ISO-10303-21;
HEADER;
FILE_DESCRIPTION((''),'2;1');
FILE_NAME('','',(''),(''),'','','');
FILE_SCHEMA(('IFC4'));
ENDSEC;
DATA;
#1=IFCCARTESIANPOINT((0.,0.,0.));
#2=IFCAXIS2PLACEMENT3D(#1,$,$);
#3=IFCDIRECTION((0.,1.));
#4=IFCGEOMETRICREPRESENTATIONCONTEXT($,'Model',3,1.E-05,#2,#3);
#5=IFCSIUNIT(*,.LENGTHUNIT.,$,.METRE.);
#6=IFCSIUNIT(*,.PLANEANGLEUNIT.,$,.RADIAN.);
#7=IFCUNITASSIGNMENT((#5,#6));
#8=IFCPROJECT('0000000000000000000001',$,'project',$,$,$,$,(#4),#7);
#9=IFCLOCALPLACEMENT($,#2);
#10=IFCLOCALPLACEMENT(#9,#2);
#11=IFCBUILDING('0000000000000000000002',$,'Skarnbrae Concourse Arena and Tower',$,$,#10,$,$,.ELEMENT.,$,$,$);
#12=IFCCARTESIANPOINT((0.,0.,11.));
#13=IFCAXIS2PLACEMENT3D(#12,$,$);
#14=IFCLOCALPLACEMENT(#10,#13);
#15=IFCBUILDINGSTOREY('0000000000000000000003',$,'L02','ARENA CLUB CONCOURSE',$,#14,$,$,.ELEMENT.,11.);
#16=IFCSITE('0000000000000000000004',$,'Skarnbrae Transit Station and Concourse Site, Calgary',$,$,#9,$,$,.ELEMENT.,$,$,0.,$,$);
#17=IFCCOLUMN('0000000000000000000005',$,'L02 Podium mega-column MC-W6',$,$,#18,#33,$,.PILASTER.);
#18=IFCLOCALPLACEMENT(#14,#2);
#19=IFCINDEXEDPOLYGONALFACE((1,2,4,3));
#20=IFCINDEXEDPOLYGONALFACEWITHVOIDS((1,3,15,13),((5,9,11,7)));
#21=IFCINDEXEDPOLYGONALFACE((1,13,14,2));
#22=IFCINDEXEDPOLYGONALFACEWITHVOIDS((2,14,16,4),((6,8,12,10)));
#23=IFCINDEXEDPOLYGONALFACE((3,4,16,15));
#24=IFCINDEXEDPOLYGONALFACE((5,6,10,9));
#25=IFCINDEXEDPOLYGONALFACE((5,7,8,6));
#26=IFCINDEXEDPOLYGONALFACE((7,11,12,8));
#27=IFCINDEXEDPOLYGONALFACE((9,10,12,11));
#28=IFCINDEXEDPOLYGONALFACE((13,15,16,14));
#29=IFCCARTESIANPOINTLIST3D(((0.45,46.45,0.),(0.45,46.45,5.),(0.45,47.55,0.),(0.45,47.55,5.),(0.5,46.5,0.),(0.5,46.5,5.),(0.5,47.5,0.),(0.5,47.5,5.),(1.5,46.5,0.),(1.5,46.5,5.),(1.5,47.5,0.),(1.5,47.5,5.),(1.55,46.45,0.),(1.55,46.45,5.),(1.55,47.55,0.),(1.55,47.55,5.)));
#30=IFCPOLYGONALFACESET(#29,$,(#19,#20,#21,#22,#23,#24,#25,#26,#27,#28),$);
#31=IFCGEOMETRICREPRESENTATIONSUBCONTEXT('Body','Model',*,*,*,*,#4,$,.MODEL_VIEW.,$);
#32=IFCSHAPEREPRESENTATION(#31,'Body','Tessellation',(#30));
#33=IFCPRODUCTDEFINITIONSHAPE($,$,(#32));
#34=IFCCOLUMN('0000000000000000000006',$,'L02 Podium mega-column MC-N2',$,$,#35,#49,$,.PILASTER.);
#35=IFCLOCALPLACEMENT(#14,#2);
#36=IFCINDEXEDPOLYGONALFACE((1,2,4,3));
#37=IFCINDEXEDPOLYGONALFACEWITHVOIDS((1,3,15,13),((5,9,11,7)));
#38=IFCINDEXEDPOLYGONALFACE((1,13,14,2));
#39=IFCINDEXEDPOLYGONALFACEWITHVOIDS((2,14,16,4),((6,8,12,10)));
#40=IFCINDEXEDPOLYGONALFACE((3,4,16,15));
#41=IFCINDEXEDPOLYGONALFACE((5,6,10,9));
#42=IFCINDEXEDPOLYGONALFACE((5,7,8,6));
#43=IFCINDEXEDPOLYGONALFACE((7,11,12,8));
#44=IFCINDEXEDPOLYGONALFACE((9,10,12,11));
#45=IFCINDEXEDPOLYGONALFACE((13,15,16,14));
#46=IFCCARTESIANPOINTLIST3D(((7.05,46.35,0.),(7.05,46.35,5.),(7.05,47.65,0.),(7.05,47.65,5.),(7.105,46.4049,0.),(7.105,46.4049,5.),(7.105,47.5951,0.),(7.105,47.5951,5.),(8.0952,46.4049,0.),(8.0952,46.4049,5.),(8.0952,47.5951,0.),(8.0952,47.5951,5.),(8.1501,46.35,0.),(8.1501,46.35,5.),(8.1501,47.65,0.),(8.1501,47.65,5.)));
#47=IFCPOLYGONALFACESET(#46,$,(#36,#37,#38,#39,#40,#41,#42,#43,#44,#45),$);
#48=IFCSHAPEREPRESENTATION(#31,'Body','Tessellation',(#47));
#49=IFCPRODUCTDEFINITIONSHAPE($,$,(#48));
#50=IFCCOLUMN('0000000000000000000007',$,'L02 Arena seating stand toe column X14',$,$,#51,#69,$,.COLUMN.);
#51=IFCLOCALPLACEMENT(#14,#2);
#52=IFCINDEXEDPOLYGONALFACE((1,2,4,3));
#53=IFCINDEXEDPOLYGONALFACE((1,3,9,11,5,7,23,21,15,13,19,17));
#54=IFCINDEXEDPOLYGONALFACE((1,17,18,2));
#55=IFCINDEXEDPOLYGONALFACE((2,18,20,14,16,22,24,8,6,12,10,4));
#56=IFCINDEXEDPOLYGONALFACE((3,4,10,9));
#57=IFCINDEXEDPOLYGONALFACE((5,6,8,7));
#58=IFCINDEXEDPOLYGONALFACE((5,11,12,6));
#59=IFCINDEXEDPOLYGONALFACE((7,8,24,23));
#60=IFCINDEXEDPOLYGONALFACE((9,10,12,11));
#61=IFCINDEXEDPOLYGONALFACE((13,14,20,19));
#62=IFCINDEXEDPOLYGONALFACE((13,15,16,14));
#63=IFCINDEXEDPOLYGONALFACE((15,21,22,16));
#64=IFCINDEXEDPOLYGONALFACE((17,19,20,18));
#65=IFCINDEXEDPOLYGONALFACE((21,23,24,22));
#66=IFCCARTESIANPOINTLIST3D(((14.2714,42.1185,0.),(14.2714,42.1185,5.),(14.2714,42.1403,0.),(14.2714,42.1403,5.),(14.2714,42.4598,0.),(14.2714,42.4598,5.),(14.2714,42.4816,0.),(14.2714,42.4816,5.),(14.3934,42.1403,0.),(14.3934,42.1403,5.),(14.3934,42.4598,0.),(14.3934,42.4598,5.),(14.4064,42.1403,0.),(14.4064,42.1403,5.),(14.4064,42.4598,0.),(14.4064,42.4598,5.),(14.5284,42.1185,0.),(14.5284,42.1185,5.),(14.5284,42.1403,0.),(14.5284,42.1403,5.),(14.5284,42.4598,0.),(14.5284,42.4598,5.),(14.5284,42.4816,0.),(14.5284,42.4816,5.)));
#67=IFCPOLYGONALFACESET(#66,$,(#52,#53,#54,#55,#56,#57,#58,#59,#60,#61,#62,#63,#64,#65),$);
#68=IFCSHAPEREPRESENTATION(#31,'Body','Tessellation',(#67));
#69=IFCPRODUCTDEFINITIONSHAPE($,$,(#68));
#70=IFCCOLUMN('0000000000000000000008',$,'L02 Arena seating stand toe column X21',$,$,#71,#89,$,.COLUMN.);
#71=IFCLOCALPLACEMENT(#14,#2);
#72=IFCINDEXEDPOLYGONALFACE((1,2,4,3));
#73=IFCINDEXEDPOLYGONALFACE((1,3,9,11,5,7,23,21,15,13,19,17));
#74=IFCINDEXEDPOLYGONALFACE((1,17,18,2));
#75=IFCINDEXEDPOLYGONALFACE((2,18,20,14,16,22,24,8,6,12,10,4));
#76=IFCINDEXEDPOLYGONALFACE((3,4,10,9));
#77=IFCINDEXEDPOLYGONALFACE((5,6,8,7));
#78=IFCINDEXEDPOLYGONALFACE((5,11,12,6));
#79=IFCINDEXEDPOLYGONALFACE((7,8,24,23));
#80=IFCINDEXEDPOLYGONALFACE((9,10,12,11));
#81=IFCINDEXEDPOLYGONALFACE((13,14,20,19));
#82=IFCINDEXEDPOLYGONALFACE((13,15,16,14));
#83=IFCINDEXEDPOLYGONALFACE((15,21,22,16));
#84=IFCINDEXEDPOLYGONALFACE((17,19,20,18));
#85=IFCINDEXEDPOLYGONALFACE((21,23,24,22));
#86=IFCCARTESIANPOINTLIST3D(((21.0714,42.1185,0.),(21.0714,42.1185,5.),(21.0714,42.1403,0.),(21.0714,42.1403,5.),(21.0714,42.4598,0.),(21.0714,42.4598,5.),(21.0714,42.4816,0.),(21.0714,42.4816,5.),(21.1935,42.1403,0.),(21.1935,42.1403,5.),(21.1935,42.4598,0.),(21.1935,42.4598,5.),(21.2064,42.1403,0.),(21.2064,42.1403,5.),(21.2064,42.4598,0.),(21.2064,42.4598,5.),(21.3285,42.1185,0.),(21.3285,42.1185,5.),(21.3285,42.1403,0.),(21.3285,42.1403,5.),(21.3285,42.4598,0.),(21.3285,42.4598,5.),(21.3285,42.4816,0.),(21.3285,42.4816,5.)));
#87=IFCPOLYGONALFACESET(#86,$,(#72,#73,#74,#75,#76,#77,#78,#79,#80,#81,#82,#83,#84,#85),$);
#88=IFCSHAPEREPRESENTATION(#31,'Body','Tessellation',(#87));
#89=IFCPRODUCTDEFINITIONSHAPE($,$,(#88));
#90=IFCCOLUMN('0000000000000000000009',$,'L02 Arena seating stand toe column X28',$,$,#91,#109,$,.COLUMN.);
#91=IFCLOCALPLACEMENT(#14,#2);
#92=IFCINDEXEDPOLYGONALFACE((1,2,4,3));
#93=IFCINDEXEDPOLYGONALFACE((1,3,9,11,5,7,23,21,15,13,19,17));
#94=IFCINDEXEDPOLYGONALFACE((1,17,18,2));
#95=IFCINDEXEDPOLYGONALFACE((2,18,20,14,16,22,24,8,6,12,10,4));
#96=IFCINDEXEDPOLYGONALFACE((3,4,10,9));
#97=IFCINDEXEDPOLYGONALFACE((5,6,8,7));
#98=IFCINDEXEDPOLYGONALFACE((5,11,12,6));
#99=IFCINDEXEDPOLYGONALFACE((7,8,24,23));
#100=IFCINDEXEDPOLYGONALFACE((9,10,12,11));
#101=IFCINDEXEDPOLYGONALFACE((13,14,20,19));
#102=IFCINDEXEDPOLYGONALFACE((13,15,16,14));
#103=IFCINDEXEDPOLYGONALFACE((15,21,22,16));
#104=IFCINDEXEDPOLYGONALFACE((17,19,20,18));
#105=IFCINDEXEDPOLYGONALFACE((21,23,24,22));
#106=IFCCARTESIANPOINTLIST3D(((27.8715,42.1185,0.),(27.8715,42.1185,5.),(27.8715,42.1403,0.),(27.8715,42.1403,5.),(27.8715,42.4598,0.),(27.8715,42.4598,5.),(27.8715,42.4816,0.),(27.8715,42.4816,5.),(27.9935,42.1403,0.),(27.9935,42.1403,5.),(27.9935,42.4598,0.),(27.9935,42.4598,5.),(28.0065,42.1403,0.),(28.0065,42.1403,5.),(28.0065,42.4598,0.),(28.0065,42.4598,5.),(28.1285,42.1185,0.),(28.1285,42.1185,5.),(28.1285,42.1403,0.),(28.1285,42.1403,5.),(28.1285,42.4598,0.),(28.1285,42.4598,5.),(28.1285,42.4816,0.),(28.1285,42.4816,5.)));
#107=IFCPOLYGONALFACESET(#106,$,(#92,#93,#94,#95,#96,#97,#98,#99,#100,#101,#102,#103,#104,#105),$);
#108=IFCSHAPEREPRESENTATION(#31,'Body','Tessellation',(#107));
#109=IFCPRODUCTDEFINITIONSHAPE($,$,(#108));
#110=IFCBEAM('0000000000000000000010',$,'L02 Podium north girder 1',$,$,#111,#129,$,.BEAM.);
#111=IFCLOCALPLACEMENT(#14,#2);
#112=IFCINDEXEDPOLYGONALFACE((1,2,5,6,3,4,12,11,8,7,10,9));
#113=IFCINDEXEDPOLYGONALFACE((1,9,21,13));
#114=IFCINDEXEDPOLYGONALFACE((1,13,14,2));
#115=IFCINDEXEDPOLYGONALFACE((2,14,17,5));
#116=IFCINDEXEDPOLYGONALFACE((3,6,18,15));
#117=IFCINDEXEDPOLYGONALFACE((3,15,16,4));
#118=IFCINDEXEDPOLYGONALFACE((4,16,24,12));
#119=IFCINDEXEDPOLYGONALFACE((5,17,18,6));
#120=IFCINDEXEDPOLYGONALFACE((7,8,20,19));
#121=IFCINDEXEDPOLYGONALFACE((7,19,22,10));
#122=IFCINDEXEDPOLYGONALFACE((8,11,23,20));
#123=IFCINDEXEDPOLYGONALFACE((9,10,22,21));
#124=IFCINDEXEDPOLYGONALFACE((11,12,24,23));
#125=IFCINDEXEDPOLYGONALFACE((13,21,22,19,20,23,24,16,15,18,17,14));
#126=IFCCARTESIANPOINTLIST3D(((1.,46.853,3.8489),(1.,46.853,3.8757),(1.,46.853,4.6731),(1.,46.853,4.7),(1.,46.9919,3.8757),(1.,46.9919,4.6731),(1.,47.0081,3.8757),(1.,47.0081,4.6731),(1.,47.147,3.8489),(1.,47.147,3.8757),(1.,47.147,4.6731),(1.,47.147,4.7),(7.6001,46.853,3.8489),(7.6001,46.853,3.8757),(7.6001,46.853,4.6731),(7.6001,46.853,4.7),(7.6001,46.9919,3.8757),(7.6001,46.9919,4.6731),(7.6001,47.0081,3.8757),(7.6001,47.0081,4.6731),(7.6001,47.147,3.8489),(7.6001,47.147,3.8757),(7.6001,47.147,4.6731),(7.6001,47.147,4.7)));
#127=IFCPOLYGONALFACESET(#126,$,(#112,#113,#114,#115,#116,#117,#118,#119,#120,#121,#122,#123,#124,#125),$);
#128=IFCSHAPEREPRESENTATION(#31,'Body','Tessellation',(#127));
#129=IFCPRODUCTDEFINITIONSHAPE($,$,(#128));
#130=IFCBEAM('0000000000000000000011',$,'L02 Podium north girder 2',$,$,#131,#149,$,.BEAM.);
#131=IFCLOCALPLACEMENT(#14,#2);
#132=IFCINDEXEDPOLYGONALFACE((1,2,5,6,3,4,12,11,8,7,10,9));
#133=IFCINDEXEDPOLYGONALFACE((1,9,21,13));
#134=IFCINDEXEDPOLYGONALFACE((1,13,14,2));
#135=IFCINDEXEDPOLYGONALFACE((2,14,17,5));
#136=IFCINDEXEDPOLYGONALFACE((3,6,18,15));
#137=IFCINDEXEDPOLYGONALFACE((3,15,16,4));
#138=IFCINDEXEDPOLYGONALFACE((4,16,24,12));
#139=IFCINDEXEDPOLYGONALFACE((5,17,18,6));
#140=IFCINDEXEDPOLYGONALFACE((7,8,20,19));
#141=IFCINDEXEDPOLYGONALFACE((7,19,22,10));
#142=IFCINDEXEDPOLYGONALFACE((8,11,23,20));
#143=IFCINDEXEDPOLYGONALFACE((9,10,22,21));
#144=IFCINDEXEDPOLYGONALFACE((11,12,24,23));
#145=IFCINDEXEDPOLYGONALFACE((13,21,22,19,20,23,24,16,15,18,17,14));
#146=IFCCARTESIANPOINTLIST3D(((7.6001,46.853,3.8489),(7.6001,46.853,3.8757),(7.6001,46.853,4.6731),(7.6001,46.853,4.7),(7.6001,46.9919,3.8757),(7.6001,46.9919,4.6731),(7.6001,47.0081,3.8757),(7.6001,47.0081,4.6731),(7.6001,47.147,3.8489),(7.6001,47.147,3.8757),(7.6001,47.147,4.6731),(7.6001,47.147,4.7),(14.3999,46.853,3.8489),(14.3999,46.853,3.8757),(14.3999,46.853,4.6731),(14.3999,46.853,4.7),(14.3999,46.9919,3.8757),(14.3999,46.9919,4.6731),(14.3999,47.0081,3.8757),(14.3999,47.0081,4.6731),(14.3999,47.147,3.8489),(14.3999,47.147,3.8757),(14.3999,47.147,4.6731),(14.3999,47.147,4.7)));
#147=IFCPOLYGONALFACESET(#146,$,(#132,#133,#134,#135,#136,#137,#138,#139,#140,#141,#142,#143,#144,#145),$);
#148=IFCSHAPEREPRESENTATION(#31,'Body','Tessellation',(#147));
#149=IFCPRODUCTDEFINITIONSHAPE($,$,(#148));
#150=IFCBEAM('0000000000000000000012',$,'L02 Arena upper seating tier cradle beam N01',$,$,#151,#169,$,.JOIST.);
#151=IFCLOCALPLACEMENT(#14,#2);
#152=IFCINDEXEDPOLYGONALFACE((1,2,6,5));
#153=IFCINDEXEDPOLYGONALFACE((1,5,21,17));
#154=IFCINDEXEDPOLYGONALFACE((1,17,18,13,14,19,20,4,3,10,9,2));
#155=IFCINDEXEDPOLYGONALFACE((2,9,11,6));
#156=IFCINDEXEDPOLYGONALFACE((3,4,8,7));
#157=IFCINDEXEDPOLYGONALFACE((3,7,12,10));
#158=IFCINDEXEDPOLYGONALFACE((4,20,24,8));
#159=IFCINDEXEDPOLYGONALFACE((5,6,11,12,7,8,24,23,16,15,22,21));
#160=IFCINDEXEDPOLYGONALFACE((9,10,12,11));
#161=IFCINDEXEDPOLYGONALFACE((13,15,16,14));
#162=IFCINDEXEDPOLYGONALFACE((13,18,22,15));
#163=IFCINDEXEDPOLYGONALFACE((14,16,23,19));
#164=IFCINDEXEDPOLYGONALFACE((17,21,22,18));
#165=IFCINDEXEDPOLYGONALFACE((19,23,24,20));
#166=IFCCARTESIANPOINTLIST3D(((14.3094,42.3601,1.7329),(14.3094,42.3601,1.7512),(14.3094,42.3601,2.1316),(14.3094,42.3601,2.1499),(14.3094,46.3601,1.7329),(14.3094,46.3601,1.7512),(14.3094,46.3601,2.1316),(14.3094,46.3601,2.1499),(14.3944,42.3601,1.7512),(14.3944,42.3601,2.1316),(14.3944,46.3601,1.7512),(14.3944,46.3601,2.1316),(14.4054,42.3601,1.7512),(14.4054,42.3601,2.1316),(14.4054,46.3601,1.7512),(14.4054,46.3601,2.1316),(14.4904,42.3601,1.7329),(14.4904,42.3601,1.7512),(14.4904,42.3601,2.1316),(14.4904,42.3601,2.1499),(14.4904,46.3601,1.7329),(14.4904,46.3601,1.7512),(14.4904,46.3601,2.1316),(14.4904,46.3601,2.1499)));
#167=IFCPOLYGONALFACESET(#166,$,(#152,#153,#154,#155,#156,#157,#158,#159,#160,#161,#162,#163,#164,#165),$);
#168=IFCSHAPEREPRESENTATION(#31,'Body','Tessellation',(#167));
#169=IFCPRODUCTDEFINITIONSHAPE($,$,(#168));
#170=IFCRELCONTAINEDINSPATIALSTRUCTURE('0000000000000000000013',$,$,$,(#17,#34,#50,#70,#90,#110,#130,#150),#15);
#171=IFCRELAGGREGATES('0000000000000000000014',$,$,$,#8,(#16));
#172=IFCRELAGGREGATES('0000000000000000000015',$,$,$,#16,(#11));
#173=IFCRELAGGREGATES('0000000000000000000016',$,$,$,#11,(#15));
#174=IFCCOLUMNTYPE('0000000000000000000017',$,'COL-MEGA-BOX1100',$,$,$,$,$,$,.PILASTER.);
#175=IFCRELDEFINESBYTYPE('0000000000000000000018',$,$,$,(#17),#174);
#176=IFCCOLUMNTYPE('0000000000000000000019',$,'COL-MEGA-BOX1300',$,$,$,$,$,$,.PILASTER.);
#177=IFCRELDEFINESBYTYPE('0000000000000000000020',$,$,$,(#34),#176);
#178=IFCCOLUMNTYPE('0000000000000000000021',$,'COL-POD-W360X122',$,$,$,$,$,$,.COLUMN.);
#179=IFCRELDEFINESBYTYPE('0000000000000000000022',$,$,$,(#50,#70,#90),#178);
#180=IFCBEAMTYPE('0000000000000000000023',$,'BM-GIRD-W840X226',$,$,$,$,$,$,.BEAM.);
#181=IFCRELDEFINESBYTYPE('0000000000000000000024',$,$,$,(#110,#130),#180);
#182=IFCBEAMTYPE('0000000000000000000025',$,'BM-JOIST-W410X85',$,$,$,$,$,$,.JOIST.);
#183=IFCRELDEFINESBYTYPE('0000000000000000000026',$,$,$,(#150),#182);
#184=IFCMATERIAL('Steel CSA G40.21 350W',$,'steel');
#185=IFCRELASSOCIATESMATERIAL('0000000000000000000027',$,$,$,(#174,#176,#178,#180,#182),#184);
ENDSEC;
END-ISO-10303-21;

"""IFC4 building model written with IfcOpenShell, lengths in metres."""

from ifc_helpers import new_model, si_unit, direction, frame, origin, origin_2d, place, context, subcontext, project, spatial, hollow_rectangle, i_section, extrude, source, transform, mapped, material, material_profile, profile_set, type_object, element, save


model = new_model("IFC4")

# Units and contexts
model_context = context("Model", 3, precision=1e-05, world=origin(), true_north=direction((0.0, 1.0)))
body_context = subcontext(model_context, "Body", "Model", "MODEL_VIEW")
ifc_project = project(units=[si_unit("LENGTHUNIT", "METRE"), si_unit("PLANEANGLEUNIT", "RADIAN")], contexts=[model_context])

# Site, building, storey
site_placement = place(None, origin())
site = spatial("IfcSite", under=ifc_project, at=site_placement, Name="Skarnbrae Transit Station and Concourse Site, Calgary", CompositionType="ELEMENT", RefElevation=0.0)
building_placement = place(site_placement, origin())
building = spatial("IfcBuilding", under=site, at=building_placement, Name="Skarnbrae Concourse Arena and Tower", CompositionType="ELEMENT")
storey_placement = place(building_placement, frame((0.0, 0.0, 11.0)))
storey = spatial("IfcBuildingStorey", under=building, at=storey_placement, Name="L02", Description="ARENA CLUB CONCOURSE", CompositionType="ELEMENT", Elevation=11.0)

# Columns
ifc_material_1 = material(Name="Steel CSA G40.21 350W", Category="steel")
ifc_material_profile_1 = material_profile(ifc_material_1, hollow_rectangle(XDim=1.1001, YDim=1.1001, WallThickness=0.05, at=origin_2d()), Name="BOX1100X1100X50")
ifc_profile_set_1 = profile_set([ifc_material_profile_1], Name="Steel CSA G40.21 350W")
column_type_1 = type_object("IfcColumnType", Name="COL-MEGA-BOX1100", PredefinedType="PILASTER", material=ifc_profile_set_1)
shared_shape_1 = source(origin(), body_context, "Body", "SweptSolid", [
    extrude(hollow_rectangle(XDim=1.1001, YDim=1.1001, WallThickness=0.05, at=origin_2d()), origin(), (0.0, 0.0, 1.0), 5.0),
])
column_1_placement = place(storey_placement, frame((1.0, 47.0, 0.0), z_axis=(0.0, 0.0, 1.0), x_axis=(1.0, 0.0, 0.0)))
element("IfcColumn", 1, at=column_1_placement, inside=storey, type_object=column_type_1, Name="L02 Podium mega-column MC-W6", PredefinedType="PILASTER", context=body_context, shape_type="MappedRepresentation", body=[
    mapped(shared_shape_1, transform((0.0, 0.0, 0.0))),
])
ifc_material_profile_2 = material_profile(ifc_material_1, hollow_rectangle(XDim=1.1001, YDim=1.3, WallThickness=0.0549, at=origin_2d()), Name="BOX1300X1100X55")
ifc_profile_set_2 = profile_set([ifc_material_profile_2], Name="Steel CSA G40.21 350W")
column_type_2 = type_object("IfcColumnType", Name="COL-MEGA-BOX1300", PredefinedType="PILASTER", material=ifc_profile_set_2)
shared_shape_2 = source(origin(), body_context, "Body", "SweptSolid", [
    extrude(hollow_rectangle(XDim=1.1001, YDim=1.3, WallThickness=0.0549, at=origin_2d()), origin(), (0.0, 0.0, 1.0), 5.0),
])
column_2_placement = place(storey_placement, frame((7.6001, 47.0, 0.0), z_axis=(0.0, 0.0, 1.0), x_axis=(1.0, 0.0, 0.0)))
element("IfcColumn", 2, at=column_2_placement, inside=storey, type_object=column_type_2, Name="L02 Podium mega-column MC-N2", PredefinedType="PILASTER", context=body_context, shape_type="MappedRepresentation", body=[
    mapped(shared_shape_2, transform((0.0, 0.0, 0.0))),
])
ifc_material_profile_3 = material_profile(ifc_material_1, i_section(OverallWidth=0.2571, OverallDepth=0.363, WebThickness=0.0129, FlangeThickness=0.0217, at=origin_2d()), Name="W360X122")
ifc_profile_set_3 = profile_set([ifc_material_profile_3], Name="Steel CSA G40.21 350W")
column_type_3 = type_object("IfcColumnType", Name="COL-POD-W360X122", PredefinedType="COLUMN", material=ifc_profile_set_3)
shared_shape_3 = source(origin(), body_context, "Body", "SweptSolid", [
    extrude(i_section(OverallWidth=0.2571, OverallDepth=0.363, WebThickness=0.0129, FlangeThickness=0.0217, at=origin_2d()), origin(), (0.0, 0.0, 1.0), 5.0),
])
for number, where, z_axis, x_axis, name in (
    (3, (14.3999, 42.3, 0.0), (0.0, 0.0, 1.0), (1.0, 0.0, 0.0), "L02 Arena seating stand toe column X14"),
    (4, (21.2, 42.3, 0.0), (0.0, 0.0, 1.0), (1.0, 0.0, 0.0), "L02 Arena seating stand toe column X21"),
    (5, (28.0, 42.3, 0.0), (0.0, 0.0, 1.0), (1.0, 0.0, 0.0), "L02 Arena seating stand toe column X28"),
):
    element("IfcColumn", number, at=place(storey_placement, frame(where, z_axis=z_axis, x_axis=x_axis)), inside=storey, type_object=column_type_3, Name=name, PredefinedType="COLUMN", context=body_context, shape_type="MappedRepresentation", body=[
        mapped(shared_shape_3, transform((0.0, 0.0, 0.0))),
    ])

# Beams
ifc_material_profile_4 = material_profile(ifc_material_1, i_section(OverallWidth=0.2939, OverallDepth=0.8511, WebThickness=0.0161, FlangeThickness=0.0269, at=origin_2d()), Name="W840X226")
ifc_profile_set_4 = profile_set([ifc_material_profile_4], Name="Steel CSA G40.21 350W")
beam_type_1 = type_object("IfcBeamType", Name="BM-GIRD-W840X226", PredefinedType="BEAM", material=ifc_profile_set_4)
shared_shape_4 = source(origin(), body_context, "Body", "SweptSolid", [
    extrude(i_section(OverallWidth=0.2939, OverallDepth=0.8511, WebThickness=0.0161, FlangeThickness=0.0269, at=origin_2d()), origin(), (0.0, 0.0, 1.0), 6.6001),
])
beam_1_placement = place(storey_placement, frame((1.0, 47.0, 4.2744), z_axis=(1.0, 0.0, 0.0), x_axis=(0.0, 1.0, 0.0)))
element("IfcBeam", 6, at=beam_1_placement, inside=storey, type_object=beam_type_1, Name="L02 Podium north girder 1", PredefinedType="BEAM", context=body_context, shape_type="MappedRepresentation", body=[
    mapped(shared_shape_4, transform((0.0, 0.0, 0.0))),
])
shared_shape_5 = source(origin(), body_context, "Body", "SweptSolid", [
    extrude(i_section(OverallWidth=0.2939, OverallDepth=0.8511, WebThickness=0.0161, FlangeThickness=0.0269, at=origin_2d()), origin(), (0.0, 0.0, 1.0), 6.7998),
])
beam_2_placement = place(storey_placement, frame((7.6001, 47.0, 4.2744), z_axis=(1.0, 0.0, 0.0), x_axis=(0.0, 1.0, 0.0)))
element("IfcBeam", 7, at=beam_2_placement, inside=storey, type_object=beam_type_1, Name="L02 Podium north girder 2", PredefinedType="BEAM", context=body_context, shape_type="MappedRepresentation", body=[
    mapped(shared_shape_5, transform((0.0, 0.0, 0.0))),
])
ifc_material_profile_5 = material_profile(ifc_material_1, i_section(OverallWidth=0.1809, OverallDepth=0.417, WebThickness=0.011, FlangeThickness=0.0183, at=origin_2d()), Name="W410X85")
ifc_profile_set_5 = profile_set([ifc_material_profile_5], Name="Steel CSA G40.21 350W")
beam_type_2 = type_object("IfcBeamType", Name="BM-JOIST-W410X85", PredefinedType="JOIST", material=ifc_profile_set_5)
shared_shape_6 = source(origin(), body_context, "Body", "SweptSolid", [
    extrude(i_section(OverallWidth=0.1809, OverallDepth=0.417, WebThickness=0.011, FlangeThickness=0.0183, at=origin_2d()), origin(), (0.0, 0.0, 1.0), 4.0),
])
for number, where, z_axis, x_axis, name in (
    (8, (14.3999, 42.3601, 1.9414), (0.0, 1.0, 0.0), (-1.0, 0.0, 0.0), "L02 Arena upper seating tier cradle beam N01"),
):
    element("IfcBeam", number, at=place(storey_placement, frame(where, z_axis=z_axis, x_axis=x_axis)), inside=storey, type_object=beam_type_2, Name=name, PredefinedType="JOIST", context=body_context, shape_type="MappedRepresentation", body=[
        mapped(shared_shape_6, transform((0.0, 0.0, 0.0))),
    ])

save(model, "model.ifc")
